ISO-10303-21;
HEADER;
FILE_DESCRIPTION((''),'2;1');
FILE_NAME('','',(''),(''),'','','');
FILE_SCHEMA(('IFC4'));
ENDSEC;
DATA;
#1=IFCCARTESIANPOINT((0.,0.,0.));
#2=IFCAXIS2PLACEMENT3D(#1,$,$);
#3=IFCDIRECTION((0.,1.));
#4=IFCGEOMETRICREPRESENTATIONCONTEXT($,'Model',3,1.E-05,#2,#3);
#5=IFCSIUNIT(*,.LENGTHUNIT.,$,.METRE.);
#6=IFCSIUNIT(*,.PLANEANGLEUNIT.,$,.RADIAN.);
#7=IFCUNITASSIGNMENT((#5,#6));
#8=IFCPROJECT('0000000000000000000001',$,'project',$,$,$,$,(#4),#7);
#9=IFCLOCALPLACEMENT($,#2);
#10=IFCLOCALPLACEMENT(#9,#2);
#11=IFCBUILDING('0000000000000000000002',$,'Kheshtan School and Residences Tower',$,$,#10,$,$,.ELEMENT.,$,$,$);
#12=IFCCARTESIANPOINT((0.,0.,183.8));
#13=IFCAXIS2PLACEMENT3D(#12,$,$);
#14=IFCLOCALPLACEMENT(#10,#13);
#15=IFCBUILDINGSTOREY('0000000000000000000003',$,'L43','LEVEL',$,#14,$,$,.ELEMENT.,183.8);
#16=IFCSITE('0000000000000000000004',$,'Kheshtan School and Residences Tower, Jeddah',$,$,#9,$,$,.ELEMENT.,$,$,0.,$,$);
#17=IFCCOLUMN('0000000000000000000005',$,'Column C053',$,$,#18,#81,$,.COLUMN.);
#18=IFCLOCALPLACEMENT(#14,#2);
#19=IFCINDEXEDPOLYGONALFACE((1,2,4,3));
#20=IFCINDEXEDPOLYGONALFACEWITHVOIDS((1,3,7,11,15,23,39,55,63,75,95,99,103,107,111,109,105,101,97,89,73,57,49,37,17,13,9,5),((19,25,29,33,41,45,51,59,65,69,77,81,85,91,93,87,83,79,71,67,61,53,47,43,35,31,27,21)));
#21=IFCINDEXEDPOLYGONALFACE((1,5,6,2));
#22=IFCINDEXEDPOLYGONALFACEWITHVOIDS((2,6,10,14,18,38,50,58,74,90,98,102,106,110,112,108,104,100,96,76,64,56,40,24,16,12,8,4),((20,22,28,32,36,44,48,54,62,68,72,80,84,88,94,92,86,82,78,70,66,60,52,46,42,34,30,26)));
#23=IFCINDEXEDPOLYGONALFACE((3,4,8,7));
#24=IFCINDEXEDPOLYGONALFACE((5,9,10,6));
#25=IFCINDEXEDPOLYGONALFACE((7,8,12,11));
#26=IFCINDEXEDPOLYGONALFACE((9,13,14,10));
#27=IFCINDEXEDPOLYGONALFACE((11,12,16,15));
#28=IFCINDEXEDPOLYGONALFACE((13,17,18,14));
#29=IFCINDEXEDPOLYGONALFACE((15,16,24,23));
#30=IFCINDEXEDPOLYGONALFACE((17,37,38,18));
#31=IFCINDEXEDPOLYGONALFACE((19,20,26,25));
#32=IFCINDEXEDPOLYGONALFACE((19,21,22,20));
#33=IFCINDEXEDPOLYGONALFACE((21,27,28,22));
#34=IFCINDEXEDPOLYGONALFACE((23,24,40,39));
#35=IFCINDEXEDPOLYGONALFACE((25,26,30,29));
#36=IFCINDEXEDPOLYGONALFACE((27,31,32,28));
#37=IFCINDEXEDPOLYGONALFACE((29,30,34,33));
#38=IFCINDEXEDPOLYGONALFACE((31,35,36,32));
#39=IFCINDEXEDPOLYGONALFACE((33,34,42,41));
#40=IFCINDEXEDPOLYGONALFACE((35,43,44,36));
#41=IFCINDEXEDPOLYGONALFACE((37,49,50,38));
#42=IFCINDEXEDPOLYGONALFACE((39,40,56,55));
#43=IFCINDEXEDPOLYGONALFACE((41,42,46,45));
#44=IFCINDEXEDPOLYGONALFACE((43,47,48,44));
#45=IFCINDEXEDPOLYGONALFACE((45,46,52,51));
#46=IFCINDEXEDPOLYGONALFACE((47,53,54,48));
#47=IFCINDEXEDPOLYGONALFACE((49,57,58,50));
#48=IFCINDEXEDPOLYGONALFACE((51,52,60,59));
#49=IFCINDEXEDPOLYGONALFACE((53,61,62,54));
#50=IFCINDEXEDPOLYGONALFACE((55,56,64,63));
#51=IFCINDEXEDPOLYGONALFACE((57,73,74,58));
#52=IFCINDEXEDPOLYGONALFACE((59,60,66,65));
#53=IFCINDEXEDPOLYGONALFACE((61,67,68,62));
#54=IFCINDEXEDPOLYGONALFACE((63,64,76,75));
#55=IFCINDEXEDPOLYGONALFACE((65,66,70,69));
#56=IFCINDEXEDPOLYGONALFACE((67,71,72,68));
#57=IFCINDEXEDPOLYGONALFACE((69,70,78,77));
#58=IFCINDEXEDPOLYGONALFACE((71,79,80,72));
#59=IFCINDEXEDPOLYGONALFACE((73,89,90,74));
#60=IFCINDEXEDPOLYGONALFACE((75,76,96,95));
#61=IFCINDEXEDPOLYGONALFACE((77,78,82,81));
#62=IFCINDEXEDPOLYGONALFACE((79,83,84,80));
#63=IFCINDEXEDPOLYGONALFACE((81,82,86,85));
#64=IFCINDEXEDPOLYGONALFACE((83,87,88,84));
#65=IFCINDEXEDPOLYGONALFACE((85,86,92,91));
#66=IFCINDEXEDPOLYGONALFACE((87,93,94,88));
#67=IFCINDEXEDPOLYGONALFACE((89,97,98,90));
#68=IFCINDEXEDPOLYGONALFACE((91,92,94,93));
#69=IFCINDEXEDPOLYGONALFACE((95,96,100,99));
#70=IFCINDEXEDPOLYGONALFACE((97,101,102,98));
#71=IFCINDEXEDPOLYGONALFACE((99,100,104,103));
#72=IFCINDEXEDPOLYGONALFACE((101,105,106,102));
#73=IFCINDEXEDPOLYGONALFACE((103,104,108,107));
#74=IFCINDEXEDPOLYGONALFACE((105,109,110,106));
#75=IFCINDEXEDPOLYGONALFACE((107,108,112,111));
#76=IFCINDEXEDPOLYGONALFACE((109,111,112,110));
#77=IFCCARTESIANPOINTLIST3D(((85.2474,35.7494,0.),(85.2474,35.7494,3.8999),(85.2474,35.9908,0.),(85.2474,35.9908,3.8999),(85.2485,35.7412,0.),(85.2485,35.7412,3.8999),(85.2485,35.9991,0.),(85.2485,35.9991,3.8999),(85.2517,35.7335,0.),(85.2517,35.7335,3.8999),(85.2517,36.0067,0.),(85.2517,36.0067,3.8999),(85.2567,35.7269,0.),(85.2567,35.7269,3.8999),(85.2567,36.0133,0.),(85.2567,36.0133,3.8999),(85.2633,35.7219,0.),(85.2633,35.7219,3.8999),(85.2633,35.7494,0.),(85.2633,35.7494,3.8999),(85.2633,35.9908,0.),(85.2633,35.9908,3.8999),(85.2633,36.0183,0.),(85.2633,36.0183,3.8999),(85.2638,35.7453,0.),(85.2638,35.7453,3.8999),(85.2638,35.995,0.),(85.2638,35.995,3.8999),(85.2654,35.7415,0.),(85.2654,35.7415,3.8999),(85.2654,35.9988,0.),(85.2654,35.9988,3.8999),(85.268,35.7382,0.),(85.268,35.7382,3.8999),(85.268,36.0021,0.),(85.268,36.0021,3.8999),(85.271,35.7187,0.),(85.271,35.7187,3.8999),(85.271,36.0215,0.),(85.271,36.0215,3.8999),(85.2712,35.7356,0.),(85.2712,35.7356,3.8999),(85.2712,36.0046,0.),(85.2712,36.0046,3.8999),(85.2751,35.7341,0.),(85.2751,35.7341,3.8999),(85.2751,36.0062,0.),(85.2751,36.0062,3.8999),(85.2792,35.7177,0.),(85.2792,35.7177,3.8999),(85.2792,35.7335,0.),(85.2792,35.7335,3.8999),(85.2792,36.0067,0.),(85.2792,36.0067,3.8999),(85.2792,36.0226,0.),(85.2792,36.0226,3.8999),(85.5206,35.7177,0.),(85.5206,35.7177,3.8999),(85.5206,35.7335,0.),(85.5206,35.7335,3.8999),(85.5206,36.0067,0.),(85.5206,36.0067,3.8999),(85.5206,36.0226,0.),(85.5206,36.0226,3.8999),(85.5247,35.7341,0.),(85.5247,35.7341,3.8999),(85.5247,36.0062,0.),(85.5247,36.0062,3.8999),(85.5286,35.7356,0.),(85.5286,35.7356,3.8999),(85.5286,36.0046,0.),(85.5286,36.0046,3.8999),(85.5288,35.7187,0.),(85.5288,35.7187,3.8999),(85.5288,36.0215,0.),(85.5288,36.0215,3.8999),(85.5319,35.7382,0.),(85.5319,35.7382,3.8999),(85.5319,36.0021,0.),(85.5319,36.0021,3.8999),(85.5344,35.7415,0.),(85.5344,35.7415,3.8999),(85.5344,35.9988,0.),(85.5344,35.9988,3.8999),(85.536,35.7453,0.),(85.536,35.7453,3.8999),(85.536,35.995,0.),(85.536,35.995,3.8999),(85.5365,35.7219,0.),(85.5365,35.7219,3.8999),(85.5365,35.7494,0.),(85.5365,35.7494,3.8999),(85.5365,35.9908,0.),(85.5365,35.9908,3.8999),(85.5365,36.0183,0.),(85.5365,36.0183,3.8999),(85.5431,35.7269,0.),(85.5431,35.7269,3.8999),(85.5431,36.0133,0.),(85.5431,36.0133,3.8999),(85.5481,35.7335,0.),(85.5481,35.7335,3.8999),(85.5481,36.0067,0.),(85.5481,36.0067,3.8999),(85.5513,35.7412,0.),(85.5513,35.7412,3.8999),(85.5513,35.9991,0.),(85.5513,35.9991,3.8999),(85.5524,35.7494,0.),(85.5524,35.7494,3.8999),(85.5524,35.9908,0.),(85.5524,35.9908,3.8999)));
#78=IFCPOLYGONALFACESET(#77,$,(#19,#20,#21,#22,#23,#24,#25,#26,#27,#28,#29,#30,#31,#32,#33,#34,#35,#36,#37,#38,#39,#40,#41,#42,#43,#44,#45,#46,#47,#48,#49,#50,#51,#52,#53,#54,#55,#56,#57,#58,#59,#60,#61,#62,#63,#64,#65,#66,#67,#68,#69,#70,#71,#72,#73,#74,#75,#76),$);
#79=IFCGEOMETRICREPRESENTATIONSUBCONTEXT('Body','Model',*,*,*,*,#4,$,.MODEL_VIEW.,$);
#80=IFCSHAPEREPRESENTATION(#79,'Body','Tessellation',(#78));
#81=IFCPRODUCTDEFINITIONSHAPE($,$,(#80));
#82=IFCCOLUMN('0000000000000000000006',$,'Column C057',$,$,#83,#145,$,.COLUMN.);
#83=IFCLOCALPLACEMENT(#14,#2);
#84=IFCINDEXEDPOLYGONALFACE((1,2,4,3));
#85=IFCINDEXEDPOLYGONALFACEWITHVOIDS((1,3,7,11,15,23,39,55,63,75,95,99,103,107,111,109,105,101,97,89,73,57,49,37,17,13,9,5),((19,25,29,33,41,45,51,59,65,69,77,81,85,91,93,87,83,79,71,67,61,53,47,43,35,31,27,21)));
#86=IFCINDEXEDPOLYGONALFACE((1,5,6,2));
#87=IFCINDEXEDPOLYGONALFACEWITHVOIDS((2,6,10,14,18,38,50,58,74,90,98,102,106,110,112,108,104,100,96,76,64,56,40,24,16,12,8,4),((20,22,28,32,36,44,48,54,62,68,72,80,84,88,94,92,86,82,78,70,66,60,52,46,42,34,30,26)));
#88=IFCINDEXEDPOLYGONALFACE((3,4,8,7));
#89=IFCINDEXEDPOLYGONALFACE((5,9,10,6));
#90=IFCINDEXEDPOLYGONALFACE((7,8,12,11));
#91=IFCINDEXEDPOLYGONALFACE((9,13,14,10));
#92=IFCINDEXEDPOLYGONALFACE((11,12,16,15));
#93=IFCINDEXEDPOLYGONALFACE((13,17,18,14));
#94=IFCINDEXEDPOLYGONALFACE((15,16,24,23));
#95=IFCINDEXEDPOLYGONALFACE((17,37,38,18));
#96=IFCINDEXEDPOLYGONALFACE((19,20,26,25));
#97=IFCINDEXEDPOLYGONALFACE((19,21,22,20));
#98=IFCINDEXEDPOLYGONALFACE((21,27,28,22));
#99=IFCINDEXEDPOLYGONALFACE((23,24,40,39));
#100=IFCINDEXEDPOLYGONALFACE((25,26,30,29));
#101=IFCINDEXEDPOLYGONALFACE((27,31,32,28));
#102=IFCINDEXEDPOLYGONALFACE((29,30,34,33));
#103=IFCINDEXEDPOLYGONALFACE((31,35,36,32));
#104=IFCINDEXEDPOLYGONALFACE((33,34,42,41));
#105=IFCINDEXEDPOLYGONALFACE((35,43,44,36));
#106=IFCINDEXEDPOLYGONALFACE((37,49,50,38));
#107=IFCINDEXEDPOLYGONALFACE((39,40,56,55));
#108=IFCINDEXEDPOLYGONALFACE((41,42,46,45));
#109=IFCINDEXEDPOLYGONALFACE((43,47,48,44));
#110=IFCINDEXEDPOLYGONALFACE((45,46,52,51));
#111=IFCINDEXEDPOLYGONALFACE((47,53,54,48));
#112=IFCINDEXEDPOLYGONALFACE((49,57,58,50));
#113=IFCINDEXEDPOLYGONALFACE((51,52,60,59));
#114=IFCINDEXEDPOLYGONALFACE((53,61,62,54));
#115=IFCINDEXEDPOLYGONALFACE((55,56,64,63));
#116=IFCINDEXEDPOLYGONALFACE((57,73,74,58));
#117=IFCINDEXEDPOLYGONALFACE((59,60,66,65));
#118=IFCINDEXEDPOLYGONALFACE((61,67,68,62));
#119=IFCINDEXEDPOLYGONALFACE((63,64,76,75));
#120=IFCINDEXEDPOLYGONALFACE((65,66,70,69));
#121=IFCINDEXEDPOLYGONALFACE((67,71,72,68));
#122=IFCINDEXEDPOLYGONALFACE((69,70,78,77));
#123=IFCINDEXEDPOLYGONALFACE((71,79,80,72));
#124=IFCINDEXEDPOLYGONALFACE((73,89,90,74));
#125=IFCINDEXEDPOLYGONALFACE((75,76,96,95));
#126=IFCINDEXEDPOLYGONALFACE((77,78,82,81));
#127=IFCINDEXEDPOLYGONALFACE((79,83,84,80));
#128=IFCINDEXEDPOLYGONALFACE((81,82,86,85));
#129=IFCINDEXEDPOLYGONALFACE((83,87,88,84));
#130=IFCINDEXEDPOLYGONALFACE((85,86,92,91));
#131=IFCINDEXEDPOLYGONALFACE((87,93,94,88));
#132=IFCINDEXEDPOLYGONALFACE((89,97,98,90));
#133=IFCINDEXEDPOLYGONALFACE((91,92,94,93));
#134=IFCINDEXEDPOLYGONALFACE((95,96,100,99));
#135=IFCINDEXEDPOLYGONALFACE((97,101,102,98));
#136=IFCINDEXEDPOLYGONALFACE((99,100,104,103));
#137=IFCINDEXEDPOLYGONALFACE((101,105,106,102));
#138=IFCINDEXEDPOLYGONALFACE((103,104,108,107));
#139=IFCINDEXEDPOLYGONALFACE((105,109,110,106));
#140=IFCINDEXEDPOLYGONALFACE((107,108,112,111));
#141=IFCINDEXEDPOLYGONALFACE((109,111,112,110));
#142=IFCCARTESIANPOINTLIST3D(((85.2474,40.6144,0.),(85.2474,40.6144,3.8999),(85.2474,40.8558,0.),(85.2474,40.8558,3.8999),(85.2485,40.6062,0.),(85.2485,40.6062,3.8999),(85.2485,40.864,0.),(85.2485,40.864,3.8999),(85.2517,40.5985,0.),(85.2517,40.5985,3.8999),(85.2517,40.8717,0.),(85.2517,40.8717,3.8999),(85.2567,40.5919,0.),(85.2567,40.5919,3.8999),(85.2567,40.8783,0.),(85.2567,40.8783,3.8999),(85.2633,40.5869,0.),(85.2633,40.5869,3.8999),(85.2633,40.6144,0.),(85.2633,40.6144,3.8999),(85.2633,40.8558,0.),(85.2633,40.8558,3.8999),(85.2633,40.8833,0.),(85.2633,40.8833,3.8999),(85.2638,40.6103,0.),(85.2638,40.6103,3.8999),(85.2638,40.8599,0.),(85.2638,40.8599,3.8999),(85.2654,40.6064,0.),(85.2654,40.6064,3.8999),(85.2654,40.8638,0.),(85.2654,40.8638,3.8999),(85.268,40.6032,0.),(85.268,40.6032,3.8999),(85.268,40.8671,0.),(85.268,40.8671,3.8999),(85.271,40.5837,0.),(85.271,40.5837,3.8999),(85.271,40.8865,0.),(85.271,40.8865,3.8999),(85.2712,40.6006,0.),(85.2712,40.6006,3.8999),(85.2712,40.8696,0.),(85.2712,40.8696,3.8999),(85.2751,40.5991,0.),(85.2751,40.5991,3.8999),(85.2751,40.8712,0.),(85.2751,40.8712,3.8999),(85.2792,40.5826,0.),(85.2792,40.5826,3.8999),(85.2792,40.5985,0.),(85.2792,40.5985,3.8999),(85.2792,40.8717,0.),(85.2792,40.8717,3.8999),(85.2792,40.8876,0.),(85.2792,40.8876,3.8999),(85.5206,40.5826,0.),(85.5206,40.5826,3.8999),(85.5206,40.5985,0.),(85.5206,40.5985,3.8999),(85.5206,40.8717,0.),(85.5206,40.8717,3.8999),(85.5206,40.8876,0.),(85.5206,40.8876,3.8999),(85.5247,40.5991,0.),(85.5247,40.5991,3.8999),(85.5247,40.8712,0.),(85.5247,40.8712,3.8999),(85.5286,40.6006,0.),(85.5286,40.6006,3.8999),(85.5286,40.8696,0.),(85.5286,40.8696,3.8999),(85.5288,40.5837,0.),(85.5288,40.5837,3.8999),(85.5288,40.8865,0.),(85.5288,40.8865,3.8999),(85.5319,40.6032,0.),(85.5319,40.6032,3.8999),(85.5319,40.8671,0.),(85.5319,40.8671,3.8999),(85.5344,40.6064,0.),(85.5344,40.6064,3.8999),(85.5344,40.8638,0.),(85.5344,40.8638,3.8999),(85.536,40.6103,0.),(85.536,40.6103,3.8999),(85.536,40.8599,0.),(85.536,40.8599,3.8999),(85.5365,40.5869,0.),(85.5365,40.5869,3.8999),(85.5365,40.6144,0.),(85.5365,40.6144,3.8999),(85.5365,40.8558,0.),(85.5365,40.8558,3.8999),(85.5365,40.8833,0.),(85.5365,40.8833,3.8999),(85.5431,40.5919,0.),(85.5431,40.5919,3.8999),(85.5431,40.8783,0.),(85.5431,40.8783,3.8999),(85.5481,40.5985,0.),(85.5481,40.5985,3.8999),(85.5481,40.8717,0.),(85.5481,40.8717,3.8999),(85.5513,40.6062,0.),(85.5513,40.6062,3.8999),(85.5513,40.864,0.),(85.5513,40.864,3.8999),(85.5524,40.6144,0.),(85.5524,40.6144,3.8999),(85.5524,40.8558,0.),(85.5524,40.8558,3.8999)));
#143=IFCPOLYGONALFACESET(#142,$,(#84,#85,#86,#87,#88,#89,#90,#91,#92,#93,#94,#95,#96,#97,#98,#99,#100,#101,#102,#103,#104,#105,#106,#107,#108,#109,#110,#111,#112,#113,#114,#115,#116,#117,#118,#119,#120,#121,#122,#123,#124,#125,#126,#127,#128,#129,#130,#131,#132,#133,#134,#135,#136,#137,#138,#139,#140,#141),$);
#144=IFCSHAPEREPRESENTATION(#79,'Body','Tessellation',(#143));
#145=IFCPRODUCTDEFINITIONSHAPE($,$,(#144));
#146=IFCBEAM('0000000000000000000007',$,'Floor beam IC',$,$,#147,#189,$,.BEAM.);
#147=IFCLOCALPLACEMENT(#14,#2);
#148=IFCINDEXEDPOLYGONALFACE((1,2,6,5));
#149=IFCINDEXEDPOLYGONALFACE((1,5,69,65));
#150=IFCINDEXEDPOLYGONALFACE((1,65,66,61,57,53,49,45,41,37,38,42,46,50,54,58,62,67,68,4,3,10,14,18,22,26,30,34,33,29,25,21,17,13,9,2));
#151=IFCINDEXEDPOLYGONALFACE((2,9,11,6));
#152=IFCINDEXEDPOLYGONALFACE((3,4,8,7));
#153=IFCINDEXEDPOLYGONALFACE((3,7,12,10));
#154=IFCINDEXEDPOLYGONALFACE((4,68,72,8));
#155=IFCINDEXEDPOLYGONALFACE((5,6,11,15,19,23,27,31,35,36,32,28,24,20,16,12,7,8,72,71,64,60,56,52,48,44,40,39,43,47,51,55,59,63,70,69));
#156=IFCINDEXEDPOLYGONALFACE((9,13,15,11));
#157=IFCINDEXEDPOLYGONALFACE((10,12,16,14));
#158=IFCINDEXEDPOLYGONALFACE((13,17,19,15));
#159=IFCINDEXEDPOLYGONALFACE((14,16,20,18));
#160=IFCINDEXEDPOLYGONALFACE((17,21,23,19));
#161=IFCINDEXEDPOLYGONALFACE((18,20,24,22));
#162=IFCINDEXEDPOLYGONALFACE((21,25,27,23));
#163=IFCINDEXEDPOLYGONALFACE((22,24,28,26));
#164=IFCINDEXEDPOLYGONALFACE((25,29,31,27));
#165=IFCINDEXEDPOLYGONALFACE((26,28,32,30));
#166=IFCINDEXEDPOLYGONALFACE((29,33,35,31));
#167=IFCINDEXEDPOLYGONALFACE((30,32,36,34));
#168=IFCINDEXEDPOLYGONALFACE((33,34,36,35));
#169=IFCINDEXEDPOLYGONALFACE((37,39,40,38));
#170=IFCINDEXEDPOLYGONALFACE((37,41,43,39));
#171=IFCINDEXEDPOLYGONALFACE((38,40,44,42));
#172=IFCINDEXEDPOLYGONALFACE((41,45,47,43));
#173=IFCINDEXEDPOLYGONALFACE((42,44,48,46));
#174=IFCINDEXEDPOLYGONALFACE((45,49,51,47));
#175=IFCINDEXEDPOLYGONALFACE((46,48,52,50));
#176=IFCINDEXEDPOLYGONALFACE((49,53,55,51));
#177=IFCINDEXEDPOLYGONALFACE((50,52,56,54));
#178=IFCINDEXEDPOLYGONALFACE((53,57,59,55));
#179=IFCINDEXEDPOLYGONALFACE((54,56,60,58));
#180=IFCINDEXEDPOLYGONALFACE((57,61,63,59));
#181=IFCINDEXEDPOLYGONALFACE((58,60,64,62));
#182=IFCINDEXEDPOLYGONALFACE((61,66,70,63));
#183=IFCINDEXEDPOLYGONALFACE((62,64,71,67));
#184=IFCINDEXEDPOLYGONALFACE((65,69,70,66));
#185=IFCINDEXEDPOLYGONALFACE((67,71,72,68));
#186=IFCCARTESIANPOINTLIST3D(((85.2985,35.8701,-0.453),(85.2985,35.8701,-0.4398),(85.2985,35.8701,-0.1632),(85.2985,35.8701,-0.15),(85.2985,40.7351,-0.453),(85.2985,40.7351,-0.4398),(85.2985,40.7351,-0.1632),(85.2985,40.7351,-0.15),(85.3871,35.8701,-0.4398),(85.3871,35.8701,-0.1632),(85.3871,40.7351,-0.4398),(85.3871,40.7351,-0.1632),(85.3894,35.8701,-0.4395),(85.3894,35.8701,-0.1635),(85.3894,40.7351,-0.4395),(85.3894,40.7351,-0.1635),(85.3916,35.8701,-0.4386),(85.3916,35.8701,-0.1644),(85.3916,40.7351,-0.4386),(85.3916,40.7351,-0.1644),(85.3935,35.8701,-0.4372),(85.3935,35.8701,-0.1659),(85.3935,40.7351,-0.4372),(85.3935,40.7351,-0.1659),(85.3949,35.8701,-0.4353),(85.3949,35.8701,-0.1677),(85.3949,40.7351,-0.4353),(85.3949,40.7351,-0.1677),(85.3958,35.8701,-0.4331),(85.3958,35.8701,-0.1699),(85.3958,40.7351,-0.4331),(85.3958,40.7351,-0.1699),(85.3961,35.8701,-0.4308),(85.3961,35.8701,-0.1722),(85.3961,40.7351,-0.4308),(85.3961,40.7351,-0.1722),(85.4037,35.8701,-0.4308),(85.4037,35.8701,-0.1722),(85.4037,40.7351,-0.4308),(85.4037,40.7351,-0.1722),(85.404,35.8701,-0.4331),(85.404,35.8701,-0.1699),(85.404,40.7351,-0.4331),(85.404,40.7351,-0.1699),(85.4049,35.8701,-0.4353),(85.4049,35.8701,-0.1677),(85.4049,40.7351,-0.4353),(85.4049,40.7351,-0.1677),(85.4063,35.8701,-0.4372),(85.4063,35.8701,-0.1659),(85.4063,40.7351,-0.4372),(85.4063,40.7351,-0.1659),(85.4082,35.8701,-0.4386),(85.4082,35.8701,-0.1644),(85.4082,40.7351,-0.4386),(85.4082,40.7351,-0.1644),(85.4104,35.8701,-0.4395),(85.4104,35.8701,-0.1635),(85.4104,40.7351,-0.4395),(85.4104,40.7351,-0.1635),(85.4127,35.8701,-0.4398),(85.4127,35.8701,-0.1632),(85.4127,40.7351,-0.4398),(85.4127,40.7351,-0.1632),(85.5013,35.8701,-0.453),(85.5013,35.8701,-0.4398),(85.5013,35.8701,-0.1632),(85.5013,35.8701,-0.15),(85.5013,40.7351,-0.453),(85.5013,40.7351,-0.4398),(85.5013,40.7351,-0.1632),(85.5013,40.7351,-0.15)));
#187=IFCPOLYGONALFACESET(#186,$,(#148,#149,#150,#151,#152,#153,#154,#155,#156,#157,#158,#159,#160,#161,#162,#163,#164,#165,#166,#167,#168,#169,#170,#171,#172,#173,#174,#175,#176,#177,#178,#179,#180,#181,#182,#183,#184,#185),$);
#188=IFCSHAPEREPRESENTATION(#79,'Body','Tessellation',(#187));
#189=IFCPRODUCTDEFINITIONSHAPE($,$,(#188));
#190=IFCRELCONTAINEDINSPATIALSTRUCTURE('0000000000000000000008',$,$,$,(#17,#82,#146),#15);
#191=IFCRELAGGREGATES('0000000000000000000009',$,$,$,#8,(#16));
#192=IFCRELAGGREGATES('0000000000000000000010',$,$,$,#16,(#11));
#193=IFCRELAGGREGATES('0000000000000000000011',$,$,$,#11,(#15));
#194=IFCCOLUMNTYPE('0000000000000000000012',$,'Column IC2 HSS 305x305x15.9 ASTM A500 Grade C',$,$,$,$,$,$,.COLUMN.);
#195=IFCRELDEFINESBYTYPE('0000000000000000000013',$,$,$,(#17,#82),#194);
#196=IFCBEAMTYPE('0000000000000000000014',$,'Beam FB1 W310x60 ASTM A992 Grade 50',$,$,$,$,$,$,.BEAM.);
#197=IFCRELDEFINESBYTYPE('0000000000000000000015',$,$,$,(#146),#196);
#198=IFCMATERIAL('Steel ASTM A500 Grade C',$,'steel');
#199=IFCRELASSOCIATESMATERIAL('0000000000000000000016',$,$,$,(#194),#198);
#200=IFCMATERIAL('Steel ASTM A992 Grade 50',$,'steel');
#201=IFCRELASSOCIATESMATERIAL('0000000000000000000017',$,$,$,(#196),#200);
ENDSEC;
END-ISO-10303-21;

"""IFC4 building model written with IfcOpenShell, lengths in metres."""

from ifc_helpers import new_model, si_unit, direction, frame, origin, origin_2d, place, context, subcontext, project, spatial, hollow_rectangle, i_section, extrude, material, material_profile, profile_set, type_object, element, save


model = new_model("IFC4")

# Units and contexts
model_context = context("Model", 3, precision=1e-05, world=origin(), true_north=direction((0.0, 1.0)))
body_context = subcontext(model_context, "Body", "Model", "MODEL_VIEW")
ifc_project = project(units=[si_unit("LENGTHUNIT", "METRE"), si_unit("PLANEANGLEUNIT", "RADIAN")], contexts=[model_context])

# Site, building, storey
site_placement = place(None, origin())
site = spatial("IfcSite", under=ifc_project, at=site_placement, Name="Kheshtan School and Residences Tower, Jeddah", CompositionType="ELEMENT", RefElevation=0.0)
building_placement = place(site_placement, origin())
building = spatial("IfcBuilding", under=site, at=building_placement, Name="Kheshtan School and Residences Tower", CompositionType="ELEMENT")
storey_placement = place(building_placement, frame((0.0, 0.0, 183.8)))
storey = spatial("IfcBuildingStorey", under=building, at=storey_placement, Name="L43", Description="LEVEL", CompositionType="ELEMENT", Elevation=183.8)

# Columns
ifc_material_1 = material(Name="Steel ASTM A500 Grade C", Category="steel")
ifc_material_profile_1 = material_profile(ifc_material_1, hollow_rectangle(XDim=0.3049, YDim=0.3049, WallThickness=0.0159, InnerFilletRadius=0.0159, OuterFilletRadius=0.0317, at=origin_2d()), Name="HSS 305x305x15.9")
ifc_profile_set_1 = profile_set([ifc_material_profile_1], Name="Steel ASTM A500 Grade C")
column_type = type_object("IfcColumnType", Name="Column IC2 HSS 305x305x15.9 ASTM A500 Grade C", PredefinedType="COLUMN", material=ifc_profile_set_1)
for number, where, z_axis, x_axis, name in (
    (1, (85.3999, 35.8701, 0.0), (0.0, 0.0, 1.0), (1.0, 0.0, 0.0), "Column C053"),
    (2, (85.3999, 40.7351, 0.0), (0.0, 0.0, 1.0), (1.0, 0.0, 0.0), "Column C057"),
):
    element("IfcColumn", number, at=place(storey_placement, frame(where, z_axis=z_axis, x_axis=x_axis)), inside=storey, type_object=column_type, Name=name, PredefinedType="COLUMN", context=body_context, shape_type="SweptSolid", body=[
        extrude(hollow_rectangle(XDim=0.3049, YDim=0.3049, WallThickness=0.0159, InnerFilletRadius=0.0159, OuterFilletRadius=0.0317, at=origin_2d()), origin(), (0.0, 0.0, 1.0), 3.8999),
    ])

# Beam
ifc_material_2 = material(Name="Steel ASTM A992 Grade 50", Category="steel")
ifc_material_profile_2 = material_profile(ifc_material_2, i_section(OverallWidth=0.2029, OverallDepth=0.303, WebThickness=0.0076, FlangeThickness=0.0132, FilletRadius=0.009, at=origin_2d()), Name="W310x60")
ifc_profile_set_2 = profile_set([ifc_material_profile_2], Name="Steel ASTM A992 Grade 50")
beam_type = type_object("IfcBeamType", Name="Beam FB1 W310x60 ASTM A992 Grade 50", PredefinedType="BEAM", material=ifc_profile_set_2)
beam_placement = place(storey_placement, frame((85.3999, 40.7351, -0.3015), z_axis=(0.0, -1.0, 0.0), x_axis=(1.0, 0.0, 0.0)))
element("IfcBeam", 3, at=beam_placement, inside=storey, type_object=beam_type, Name="Floor beam IC", PredefinedType="BEAM", context=body_context, shape_type="SweptSolid", body=[
    extrude(i_section(OverallWidth=0.2029, OverallDepth=0.303, WebThickness=0.0076, FlangeThickness=0.0132, FilletRadius=0.009, at=origin_2d()), origin(), (0.0, 0.0, 1.0), 4.865),
])

save(model, "model.ifc")
